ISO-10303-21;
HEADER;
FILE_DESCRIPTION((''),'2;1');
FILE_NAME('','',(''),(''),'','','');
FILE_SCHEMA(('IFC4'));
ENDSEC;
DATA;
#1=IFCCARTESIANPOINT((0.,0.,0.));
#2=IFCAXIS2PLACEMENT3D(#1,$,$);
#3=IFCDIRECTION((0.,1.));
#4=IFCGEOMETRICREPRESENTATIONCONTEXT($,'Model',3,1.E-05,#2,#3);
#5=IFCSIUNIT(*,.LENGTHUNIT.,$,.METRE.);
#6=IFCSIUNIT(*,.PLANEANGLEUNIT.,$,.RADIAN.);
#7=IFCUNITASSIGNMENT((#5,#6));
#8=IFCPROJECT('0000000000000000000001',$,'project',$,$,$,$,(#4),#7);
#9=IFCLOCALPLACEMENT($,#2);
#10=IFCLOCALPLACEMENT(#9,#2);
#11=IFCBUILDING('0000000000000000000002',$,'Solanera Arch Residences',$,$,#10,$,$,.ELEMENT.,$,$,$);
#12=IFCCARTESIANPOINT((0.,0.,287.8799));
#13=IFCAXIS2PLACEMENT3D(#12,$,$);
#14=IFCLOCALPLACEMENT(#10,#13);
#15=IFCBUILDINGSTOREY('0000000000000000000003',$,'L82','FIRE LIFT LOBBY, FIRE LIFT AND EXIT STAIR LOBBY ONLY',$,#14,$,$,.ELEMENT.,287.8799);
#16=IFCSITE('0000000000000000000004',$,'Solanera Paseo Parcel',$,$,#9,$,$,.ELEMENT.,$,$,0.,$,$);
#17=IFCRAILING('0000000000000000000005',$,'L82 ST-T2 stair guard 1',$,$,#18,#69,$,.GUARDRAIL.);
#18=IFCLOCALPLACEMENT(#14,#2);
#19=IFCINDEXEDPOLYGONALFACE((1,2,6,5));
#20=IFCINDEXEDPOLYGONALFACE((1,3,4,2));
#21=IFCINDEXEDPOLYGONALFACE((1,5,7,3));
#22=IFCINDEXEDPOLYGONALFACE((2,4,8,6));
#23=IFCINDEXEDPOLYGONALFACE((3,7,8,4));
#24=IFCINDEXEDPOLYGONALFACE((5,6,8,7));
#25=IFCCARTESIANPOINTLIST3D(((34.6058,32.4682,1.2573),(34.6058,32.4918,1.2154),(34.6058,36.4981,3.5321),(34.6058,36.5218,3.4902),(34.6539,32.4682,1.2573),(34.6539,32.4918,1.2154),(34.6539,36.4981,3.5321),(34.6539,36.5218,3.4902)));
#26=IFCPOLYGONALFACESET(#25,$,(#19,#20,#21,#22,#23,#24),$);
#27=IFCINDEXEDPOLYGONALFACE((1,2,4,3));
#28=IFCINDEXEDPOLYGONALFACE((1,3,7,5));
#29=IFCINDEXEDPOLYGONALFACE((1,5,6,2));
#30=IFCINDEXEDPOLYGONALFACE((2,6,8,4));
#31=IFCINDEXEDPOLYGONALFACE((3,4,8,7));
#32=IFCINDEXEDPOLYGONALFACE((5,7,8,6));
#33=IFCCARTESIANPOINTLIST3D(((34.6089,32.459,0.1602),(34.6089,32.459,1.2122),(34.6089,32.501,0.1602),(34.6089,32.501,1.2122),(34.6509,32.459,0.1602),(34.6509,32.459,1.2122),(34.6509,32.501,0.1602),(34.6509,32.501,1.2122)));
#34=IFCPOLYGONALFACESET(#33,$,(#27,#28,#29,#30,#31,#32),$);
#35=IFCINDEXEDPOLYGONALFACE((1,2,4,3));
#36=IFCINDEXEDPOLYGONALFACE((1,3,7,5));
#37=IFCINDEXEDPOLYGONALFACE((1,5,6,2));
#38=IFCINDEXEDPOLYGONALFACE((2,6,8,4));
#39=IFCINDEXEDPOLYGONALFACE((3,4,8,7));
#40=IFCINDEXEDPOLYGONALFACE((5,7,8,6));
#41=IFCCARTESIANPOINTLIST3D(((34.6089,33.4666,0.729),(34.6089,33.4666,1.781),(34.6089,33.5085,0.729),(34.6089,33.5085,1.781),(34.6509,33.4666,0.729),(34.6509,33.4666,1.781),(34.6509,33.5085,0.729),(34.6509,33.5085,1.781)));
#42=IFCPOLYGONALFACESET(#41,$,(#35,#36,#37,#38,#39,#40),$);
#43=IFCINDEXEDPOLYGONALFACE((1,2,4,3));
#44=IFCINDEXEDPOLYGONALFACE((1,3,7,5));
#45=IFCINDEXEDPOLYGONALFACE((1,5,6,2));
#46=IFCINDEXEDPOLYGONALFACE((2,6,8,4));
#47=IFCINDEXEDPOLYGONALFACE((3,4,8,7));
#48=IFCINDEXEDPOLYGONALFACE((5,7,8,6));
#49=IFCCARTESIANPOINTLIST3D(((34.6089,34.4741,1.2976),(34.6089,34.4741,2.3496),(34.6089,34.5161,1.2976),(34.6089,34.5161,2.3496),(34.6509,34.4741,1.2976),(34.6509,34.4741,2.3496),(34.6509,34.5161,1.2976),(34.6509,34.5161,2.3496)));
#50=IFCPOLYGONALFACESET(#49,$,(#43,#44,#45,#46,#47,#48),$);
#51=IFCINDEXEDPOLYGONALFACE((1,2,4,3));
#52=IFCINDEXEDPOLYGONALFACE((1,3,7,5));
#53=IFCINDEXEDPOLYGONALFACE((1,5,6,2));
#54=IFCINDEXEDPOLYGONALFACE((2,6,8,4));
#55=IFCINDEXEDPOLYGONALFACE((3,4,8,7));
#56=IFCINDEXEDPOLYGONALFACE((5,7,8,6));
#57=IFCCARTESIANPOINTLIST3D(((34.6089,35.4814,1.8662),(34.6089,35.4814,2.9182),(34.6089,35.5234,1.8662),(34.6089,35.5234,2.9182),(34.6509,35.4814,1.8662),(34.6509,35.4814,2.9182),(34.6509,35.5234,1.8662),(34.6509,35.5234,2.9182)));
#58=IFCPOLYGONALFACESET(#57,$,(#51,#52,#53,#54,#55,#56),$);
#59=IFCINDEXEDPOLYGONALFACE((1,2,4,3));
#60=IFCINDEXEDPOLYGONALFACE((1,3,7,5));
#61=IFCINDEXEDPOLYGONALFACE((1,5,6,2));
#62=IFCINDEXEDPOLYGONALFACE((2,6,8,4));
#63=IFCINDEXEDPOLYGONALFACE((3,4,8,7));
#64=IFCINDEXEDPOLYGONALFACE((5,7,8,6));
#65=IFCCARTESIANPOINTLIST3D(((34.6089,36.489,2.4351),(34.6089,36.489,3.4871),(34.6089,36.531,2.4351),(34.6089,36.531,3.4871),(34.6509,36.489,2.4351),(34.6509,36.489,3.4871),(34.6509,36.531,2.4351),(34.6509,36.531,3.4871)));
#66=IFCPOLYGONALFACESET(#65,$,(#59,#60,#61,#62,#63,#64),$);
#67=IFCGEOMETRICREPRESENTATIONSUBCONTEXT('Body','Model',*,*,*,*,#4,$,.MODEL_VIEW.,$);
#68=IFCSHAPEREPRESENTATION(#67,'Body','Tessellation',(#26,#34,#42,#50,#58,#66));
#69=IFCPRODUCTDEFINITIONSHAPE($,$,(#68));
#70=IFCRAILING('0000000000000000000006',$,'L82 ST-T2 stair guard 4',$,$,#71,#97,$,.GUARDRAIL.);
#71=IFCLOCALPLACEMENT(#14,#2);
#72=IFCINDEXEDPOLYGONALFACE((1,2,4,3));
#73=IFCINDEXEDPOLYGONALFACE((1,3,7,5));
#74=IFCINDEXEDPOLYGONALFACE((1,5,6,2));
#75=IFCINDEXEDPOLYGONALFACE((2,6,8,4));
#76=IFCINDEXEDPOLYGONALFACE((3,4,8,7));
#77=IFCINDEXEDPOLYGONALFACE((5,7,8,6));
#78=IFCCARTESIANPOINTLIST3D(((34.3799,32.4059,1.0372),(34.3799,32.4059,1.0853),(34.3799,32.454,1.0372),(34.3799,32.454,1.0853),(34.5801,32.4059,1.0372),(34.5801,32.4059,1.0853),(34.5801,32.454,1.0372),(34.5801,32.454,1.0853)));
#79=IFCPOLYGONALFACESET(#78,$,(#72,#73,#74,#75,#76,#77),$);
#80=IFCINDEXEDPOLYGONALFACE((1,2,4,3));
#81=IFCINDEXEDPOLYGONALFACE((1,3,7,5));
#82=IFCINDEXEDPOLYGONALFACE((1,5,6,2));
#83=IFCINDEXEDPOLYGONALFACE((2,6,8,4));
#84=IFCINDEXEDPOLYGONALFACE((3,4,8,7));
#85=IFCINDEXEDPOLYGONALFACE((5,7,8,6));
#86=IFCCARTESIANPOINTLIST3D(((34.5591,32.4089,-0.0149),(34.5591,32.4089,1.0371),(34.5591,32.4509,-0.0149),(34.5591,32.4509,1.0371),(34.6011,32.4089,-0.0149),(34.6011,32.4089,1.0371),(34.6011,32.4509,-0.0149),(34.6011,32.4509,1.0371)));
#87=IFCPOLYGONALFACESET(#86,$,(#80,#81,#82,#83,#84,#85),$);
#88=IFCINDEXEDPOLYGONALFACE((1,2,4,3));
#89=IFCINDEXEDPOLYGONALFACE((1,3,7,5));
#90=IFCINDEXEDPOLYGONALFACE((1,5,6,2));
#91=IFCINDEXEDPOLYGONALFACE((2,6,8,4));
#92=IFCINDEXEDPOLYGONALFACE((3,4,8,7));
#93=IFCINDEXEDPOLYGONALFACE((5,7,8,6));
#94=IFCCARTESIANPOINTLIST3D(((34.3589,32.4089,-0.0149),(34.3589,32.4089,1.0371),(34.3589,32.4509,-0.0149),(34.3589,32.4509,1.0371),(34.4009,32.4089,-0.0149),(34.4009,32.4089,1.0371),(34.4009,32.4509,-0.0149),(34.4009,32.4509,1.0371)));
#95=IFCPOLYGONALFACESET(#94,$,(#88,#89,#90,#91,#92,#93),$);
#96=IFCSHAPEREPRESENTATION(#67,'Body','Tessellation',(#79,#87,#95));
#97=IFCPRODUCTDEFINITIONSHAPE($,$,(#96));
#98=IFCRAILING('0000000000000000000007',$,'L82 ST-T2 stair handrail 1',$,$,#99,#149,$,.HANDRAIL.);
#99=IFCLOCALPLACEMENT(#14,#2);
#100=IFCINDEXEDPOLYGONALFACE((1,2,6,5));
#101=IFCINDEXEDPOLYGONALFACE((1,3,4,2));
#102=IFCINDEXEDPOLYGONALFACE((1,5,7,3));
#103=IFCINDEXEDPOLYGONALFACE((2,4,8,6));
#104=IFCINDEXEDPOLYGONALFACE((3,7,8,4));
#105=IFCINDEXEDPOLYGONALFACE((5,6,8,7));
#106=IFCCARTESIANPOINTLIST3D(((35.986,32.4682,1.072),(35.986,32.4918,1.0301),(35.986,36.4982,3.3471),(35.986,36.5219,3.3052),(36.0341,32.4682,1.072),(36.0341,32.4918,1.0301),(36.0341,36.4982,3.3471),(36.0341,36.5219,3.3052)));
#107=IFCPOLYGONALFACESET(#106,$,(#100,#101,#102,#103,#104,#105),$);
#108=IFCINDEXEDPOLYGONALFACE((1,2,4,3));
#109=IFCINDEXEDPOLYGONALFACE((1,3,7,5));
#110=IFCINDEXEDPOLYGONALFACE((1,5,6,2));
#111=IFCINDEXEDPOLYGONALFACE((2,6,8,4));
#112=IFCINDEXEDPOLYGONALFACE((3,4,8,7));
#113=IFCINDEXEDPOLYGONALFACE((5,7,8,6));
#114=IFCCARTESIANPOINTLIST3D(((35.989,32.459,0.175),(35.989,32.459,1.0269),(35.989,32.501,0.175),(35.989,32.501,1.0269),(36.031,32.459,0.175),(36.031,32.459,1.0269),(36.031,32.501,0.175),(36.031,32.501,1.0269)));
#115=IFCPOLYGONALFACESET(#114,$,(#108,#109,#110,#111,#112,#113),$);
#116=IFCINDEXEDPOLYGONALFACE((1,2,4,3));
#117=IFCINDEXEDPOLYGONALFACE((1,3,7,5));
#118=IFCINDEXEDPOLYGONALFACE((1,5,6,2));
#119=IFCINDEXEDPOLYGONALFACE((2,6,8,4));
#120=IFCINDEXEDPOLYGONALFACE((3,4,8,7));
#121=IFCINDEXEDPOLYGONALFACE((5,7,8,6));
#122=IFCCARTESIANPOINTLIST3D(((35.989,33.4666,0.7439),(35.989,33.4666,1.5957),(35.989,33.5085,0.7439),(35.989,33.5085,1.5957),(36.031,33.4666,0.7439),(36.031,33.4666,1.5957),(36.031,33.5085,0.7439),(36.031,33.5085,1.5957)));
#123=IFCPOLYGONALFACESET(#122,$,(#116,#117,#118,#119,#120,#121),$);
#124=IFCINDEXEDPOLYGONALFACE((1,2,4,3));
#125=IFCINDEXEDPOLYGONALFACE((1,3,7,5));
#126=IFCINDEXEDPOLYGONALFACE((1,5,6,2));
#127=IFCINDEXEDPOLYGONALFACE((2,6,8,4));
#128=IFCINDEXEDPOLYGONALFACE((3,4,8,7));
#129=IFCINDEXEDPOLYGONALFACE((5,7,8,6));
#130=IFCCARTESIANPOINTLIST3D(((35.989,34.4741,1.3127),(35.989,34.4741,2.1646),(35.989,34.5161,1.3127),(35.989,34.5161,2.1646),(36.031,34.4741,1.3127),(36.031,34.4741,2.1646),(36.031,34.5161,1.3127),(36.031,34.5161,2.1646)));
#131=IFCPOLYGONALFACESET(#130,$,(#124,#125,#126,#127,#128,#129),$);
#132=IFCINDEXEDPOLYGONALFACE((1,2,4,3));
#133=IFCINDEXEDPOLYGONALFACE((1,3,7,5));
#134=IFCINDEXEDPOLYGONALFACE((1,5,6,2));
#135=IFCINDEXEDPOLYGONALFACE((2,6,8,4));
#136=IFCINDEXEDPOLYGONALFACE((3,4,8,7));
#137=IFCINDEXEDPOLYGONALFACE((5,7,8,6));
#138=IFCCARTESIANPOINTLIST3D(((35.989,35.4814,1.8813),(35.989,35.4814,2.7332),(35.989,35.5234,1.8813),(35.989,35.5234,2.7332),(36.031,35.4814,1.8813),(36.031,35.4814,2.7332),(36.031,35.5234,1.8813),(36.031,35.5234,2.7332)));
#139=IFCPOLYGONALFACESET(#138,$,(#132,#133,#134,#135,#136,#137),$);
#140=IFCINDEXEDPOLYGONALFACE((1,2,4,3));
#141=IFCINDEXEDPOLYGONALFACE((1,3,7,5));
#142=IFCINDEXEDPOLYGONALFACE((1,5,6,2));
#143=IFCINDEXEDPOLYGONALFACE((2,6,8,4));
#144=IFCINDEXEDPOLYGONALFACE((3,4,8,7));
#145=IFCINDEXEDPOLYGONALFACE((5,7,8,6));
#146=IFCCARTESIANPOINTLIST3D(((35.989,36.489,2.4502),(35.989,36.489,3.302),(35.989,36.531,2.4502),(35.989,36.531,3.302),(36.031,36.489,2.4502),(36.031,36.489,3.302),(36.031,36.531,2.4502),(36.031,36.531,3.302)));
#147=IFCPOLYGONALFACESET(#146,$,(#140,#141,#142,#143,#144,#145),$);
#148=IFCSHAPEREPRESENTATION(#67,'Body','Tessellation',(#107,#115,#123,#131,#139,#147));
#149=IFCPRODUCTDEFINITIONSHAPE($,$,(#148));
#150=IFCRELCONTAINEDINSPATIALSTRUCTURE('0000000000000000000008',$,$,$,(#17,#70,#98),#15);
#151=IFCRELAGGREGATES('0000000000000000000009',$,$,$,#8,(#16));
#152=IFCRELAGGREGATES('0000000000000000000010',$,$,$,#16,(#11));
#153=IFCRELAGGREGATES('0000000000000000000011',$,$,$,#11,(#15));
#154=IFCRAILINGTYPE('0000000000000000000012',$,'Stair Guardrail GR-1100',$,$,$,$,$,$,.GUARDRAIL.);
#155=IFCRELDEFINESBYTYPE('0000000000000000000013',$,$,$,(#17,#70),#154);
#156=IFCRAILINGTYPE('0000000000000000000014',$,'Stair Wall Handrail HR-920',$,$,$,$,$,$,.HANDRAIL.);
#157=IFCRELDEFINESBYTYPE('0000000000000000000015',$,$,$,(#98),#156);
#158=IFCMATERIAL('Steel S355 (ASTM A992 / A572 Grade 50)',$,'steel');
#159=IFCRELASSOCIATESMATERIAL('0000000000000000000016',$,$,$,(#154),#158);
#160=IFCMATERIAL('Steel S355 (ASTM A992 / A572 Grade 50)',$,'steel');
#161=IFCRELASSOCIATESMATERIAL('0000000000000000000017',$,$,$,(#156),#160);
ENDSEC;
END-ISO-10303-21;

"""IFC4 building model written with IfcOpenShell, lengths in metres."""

from ifc_helpers import new_model, si_unit, direction, frame, origin, origin_2d, place, context, subcontext, project, spatial, rectangle, extrude, material, type_object, element, save


model = new_model("IFC4")

# Units and contexts
model_context = context("Model", 3, precision=1e-05, world=origin(), true_north=direction((0.0, 1.0)))
body_context = subcontext(model_context, "Body", "Model", "MODEL_VIEW")
ifc_project = project(units=[si_unit("LENGTHUNIT", "METRE"), si_unit("PLANEANGLEUNIT", "RADIAN")], contexts=[model_context])

# Site, building, storey
site_placement = place(None, origin())
site = spatial("IfcSite", under=ifc_project, at=site_placement, Name="Solanera Paseo Parcel", CompositionType="ELEMENT", RefElevation=0.0)
building_placement = place(site_placement, origin())
building = spatial("IfcBuilding", under=site, at=building_placement, Name="Solanera Arch Residences", CompositionType="ELEMENT")
storey_placement = place(building_placement, frame((0.0, 0.0, 287.8799)))
storey = spatial("IfcBuildingStorey", under=building, at=storey_placement, Name="L82", Description="FIRE LIFT LOBBY, FIRE LIFT AND EXIT STAIR LOBBY ONLY", CompositionType="ELEMENT", Elevation=287.8799)

# Railings
ifc_material_1 = material(Name="Steel S355 (ASTM A992 / A572 Grade 50)", Category="steel")
railing_type_1 = type_object("IfcRailingType", Name="Stair Guardrail GR-1100", PredefinedType="GUARDRAIL", material=ifc_material_1)
railing_1_placement = place(storey_placement, frame((34.6299, 32.48, 0.1602)))
element("IfcRailing", 1, at=railing_1_placement, inside=storey, type_object=railing_type_1, Name="L82 ST-T2 stair guard 1", PredefinedType="GUARDRAIL", context=body_context, shape_type="SweptSolid", body=[
    extrude(rectangle(XDim=0.0481, YDim=0.0481, at=origin_2d()), frame((0.0, 0.0, 1.0762), z_axis=(0.0, 0.870835, 0.491576), x_axis=(-1.0, 0.0, 0.0)), (0.0, 0.0, 1.0), 4.6277),
    extrude(rectangle(XDim=0.042, YDim=0.042, at=origin_2d()), origin(), (0.0, 0.0, 1.0), 1.052),
    extrude(rectangle(XDim=0.042, YDim=0.042, at=origin_2d()), frame((0.0, 1.0076, 0.5688)), (0.0, 0.0, 1.0), 1.052),
    extrude(rectangle(XDim=0.042, YDim=0.042, at=origin_2d()), frame((0.0, 2.0151, 1.1375)), (0.0, 0.0, 1.0), 1.052),
    extrude(rectangle(XDim=0.042, YDim=0.042, at=origin_2d()), frame((0.0, 3.0225, 1.7061)), (0.0, 0.0, 1.0), 1.052),
    extrude(rectangle(XDim=0.042, YDim=0.042, at=origin_2d()), frame((0.0, 4.03, 2.2749)), (0.0, 0.0, 1.0), 1.052),
])
railing_2_placement = place(storey_placement, frame((34.5801, 32.4299, -0.0149)))
element("IfcRailing", 2, at=railing_2_placement, inside=storey, type_object=railing_type_1, Name="L82 ST-T2 stair guard 4", PredefinedType="GUARDRAIL", context=body_context, shape_type="SweptSolid", body=[
    extrude(rectangle(XDim=0.0481, YDim=0.0481, at=origin_2d()), frame((0.0, 0.0, 1.0762), z_axis=(-1.0, 0.0, 0.0), x_axis=(0.0, -1.0, 0.0)), (0.0, 0.0, 1.0), 0.2002),
    extrude(rectangle(XDim=0.042, YDim=0.042, at=origin_2d()), origin(), (0.0, 0.0, 1.0), 1.052),
    extrude(rectangle(XDim=0.042, YDim=0.042, at=origin_2d()), frame((-0.2002, 0.0, 0.0)), (0.0, 0.0, 1.0), 1.052),
])
ifc_material_2 = material(Name="Steel S355 (ASTM A992 / A572 Grade 50)", Category="steel")
railing_type_2 = type_object("IfcRailingType", Name="Stair Wall Handrail HR-920", PredefinedType="HANDRAIL", material=ifc_material_2)
railing_3_placement = place(storey_placement, frame((36.01, 32.48, 0.175)))
element("IfcRailing", 3, at=railing_3_placement, inside=storey, type_object=railing_type_2, Name="L82 ST-T2 stair handrail 1", PredefinedType="HANDRAIL", context=body_context, shape_type="SweptSolid", body=[
    extrude(rectangle(XDim=0.0481, YDim=0.0481, at=origin_2d()), frame((0.0, 0.0, 0.876), z_axis=(0.0, 0.870812, 0.491616), x_axis=(-1.0, 0.0, 0.0)), (0.0, 0.0, 1.0), 4.6279),
    extrude(rectangle(XDim=0.042, YDim=0.042, at=origin_2d()), origin(), (0.0, 0.0, 1.0), 0.8518),
    extrude(rectangle(XDim=0.042, YDim=0.042, at=origin_2d()), frame((0.0, 1.0076, 0.5688)), (0.0, 0.0, 1.0), 0.8518),
    extrude(rectangle(XDim=0.042, YDim=0.042, at=origin_2d()), frame((0.0, 2.0151, 1.1377)), (0.0, 0.0, 1.0), 0.8518),
    extrude(rectangle(XDim=0.042, YDim=0.042, at=origin_2d()), frame((0.0, 3.0225, 1.7063)), (0.0, 0.0, 1.0), 0.8518),
    extrude(rectangle(XDim=0.042, YDim=0.042, at=origin_2d()), frame((0.0, 4.03, 2.2751)), (0.0, 0.0, 1.0), 0.8518),
])

save(model, "model.ifc")
